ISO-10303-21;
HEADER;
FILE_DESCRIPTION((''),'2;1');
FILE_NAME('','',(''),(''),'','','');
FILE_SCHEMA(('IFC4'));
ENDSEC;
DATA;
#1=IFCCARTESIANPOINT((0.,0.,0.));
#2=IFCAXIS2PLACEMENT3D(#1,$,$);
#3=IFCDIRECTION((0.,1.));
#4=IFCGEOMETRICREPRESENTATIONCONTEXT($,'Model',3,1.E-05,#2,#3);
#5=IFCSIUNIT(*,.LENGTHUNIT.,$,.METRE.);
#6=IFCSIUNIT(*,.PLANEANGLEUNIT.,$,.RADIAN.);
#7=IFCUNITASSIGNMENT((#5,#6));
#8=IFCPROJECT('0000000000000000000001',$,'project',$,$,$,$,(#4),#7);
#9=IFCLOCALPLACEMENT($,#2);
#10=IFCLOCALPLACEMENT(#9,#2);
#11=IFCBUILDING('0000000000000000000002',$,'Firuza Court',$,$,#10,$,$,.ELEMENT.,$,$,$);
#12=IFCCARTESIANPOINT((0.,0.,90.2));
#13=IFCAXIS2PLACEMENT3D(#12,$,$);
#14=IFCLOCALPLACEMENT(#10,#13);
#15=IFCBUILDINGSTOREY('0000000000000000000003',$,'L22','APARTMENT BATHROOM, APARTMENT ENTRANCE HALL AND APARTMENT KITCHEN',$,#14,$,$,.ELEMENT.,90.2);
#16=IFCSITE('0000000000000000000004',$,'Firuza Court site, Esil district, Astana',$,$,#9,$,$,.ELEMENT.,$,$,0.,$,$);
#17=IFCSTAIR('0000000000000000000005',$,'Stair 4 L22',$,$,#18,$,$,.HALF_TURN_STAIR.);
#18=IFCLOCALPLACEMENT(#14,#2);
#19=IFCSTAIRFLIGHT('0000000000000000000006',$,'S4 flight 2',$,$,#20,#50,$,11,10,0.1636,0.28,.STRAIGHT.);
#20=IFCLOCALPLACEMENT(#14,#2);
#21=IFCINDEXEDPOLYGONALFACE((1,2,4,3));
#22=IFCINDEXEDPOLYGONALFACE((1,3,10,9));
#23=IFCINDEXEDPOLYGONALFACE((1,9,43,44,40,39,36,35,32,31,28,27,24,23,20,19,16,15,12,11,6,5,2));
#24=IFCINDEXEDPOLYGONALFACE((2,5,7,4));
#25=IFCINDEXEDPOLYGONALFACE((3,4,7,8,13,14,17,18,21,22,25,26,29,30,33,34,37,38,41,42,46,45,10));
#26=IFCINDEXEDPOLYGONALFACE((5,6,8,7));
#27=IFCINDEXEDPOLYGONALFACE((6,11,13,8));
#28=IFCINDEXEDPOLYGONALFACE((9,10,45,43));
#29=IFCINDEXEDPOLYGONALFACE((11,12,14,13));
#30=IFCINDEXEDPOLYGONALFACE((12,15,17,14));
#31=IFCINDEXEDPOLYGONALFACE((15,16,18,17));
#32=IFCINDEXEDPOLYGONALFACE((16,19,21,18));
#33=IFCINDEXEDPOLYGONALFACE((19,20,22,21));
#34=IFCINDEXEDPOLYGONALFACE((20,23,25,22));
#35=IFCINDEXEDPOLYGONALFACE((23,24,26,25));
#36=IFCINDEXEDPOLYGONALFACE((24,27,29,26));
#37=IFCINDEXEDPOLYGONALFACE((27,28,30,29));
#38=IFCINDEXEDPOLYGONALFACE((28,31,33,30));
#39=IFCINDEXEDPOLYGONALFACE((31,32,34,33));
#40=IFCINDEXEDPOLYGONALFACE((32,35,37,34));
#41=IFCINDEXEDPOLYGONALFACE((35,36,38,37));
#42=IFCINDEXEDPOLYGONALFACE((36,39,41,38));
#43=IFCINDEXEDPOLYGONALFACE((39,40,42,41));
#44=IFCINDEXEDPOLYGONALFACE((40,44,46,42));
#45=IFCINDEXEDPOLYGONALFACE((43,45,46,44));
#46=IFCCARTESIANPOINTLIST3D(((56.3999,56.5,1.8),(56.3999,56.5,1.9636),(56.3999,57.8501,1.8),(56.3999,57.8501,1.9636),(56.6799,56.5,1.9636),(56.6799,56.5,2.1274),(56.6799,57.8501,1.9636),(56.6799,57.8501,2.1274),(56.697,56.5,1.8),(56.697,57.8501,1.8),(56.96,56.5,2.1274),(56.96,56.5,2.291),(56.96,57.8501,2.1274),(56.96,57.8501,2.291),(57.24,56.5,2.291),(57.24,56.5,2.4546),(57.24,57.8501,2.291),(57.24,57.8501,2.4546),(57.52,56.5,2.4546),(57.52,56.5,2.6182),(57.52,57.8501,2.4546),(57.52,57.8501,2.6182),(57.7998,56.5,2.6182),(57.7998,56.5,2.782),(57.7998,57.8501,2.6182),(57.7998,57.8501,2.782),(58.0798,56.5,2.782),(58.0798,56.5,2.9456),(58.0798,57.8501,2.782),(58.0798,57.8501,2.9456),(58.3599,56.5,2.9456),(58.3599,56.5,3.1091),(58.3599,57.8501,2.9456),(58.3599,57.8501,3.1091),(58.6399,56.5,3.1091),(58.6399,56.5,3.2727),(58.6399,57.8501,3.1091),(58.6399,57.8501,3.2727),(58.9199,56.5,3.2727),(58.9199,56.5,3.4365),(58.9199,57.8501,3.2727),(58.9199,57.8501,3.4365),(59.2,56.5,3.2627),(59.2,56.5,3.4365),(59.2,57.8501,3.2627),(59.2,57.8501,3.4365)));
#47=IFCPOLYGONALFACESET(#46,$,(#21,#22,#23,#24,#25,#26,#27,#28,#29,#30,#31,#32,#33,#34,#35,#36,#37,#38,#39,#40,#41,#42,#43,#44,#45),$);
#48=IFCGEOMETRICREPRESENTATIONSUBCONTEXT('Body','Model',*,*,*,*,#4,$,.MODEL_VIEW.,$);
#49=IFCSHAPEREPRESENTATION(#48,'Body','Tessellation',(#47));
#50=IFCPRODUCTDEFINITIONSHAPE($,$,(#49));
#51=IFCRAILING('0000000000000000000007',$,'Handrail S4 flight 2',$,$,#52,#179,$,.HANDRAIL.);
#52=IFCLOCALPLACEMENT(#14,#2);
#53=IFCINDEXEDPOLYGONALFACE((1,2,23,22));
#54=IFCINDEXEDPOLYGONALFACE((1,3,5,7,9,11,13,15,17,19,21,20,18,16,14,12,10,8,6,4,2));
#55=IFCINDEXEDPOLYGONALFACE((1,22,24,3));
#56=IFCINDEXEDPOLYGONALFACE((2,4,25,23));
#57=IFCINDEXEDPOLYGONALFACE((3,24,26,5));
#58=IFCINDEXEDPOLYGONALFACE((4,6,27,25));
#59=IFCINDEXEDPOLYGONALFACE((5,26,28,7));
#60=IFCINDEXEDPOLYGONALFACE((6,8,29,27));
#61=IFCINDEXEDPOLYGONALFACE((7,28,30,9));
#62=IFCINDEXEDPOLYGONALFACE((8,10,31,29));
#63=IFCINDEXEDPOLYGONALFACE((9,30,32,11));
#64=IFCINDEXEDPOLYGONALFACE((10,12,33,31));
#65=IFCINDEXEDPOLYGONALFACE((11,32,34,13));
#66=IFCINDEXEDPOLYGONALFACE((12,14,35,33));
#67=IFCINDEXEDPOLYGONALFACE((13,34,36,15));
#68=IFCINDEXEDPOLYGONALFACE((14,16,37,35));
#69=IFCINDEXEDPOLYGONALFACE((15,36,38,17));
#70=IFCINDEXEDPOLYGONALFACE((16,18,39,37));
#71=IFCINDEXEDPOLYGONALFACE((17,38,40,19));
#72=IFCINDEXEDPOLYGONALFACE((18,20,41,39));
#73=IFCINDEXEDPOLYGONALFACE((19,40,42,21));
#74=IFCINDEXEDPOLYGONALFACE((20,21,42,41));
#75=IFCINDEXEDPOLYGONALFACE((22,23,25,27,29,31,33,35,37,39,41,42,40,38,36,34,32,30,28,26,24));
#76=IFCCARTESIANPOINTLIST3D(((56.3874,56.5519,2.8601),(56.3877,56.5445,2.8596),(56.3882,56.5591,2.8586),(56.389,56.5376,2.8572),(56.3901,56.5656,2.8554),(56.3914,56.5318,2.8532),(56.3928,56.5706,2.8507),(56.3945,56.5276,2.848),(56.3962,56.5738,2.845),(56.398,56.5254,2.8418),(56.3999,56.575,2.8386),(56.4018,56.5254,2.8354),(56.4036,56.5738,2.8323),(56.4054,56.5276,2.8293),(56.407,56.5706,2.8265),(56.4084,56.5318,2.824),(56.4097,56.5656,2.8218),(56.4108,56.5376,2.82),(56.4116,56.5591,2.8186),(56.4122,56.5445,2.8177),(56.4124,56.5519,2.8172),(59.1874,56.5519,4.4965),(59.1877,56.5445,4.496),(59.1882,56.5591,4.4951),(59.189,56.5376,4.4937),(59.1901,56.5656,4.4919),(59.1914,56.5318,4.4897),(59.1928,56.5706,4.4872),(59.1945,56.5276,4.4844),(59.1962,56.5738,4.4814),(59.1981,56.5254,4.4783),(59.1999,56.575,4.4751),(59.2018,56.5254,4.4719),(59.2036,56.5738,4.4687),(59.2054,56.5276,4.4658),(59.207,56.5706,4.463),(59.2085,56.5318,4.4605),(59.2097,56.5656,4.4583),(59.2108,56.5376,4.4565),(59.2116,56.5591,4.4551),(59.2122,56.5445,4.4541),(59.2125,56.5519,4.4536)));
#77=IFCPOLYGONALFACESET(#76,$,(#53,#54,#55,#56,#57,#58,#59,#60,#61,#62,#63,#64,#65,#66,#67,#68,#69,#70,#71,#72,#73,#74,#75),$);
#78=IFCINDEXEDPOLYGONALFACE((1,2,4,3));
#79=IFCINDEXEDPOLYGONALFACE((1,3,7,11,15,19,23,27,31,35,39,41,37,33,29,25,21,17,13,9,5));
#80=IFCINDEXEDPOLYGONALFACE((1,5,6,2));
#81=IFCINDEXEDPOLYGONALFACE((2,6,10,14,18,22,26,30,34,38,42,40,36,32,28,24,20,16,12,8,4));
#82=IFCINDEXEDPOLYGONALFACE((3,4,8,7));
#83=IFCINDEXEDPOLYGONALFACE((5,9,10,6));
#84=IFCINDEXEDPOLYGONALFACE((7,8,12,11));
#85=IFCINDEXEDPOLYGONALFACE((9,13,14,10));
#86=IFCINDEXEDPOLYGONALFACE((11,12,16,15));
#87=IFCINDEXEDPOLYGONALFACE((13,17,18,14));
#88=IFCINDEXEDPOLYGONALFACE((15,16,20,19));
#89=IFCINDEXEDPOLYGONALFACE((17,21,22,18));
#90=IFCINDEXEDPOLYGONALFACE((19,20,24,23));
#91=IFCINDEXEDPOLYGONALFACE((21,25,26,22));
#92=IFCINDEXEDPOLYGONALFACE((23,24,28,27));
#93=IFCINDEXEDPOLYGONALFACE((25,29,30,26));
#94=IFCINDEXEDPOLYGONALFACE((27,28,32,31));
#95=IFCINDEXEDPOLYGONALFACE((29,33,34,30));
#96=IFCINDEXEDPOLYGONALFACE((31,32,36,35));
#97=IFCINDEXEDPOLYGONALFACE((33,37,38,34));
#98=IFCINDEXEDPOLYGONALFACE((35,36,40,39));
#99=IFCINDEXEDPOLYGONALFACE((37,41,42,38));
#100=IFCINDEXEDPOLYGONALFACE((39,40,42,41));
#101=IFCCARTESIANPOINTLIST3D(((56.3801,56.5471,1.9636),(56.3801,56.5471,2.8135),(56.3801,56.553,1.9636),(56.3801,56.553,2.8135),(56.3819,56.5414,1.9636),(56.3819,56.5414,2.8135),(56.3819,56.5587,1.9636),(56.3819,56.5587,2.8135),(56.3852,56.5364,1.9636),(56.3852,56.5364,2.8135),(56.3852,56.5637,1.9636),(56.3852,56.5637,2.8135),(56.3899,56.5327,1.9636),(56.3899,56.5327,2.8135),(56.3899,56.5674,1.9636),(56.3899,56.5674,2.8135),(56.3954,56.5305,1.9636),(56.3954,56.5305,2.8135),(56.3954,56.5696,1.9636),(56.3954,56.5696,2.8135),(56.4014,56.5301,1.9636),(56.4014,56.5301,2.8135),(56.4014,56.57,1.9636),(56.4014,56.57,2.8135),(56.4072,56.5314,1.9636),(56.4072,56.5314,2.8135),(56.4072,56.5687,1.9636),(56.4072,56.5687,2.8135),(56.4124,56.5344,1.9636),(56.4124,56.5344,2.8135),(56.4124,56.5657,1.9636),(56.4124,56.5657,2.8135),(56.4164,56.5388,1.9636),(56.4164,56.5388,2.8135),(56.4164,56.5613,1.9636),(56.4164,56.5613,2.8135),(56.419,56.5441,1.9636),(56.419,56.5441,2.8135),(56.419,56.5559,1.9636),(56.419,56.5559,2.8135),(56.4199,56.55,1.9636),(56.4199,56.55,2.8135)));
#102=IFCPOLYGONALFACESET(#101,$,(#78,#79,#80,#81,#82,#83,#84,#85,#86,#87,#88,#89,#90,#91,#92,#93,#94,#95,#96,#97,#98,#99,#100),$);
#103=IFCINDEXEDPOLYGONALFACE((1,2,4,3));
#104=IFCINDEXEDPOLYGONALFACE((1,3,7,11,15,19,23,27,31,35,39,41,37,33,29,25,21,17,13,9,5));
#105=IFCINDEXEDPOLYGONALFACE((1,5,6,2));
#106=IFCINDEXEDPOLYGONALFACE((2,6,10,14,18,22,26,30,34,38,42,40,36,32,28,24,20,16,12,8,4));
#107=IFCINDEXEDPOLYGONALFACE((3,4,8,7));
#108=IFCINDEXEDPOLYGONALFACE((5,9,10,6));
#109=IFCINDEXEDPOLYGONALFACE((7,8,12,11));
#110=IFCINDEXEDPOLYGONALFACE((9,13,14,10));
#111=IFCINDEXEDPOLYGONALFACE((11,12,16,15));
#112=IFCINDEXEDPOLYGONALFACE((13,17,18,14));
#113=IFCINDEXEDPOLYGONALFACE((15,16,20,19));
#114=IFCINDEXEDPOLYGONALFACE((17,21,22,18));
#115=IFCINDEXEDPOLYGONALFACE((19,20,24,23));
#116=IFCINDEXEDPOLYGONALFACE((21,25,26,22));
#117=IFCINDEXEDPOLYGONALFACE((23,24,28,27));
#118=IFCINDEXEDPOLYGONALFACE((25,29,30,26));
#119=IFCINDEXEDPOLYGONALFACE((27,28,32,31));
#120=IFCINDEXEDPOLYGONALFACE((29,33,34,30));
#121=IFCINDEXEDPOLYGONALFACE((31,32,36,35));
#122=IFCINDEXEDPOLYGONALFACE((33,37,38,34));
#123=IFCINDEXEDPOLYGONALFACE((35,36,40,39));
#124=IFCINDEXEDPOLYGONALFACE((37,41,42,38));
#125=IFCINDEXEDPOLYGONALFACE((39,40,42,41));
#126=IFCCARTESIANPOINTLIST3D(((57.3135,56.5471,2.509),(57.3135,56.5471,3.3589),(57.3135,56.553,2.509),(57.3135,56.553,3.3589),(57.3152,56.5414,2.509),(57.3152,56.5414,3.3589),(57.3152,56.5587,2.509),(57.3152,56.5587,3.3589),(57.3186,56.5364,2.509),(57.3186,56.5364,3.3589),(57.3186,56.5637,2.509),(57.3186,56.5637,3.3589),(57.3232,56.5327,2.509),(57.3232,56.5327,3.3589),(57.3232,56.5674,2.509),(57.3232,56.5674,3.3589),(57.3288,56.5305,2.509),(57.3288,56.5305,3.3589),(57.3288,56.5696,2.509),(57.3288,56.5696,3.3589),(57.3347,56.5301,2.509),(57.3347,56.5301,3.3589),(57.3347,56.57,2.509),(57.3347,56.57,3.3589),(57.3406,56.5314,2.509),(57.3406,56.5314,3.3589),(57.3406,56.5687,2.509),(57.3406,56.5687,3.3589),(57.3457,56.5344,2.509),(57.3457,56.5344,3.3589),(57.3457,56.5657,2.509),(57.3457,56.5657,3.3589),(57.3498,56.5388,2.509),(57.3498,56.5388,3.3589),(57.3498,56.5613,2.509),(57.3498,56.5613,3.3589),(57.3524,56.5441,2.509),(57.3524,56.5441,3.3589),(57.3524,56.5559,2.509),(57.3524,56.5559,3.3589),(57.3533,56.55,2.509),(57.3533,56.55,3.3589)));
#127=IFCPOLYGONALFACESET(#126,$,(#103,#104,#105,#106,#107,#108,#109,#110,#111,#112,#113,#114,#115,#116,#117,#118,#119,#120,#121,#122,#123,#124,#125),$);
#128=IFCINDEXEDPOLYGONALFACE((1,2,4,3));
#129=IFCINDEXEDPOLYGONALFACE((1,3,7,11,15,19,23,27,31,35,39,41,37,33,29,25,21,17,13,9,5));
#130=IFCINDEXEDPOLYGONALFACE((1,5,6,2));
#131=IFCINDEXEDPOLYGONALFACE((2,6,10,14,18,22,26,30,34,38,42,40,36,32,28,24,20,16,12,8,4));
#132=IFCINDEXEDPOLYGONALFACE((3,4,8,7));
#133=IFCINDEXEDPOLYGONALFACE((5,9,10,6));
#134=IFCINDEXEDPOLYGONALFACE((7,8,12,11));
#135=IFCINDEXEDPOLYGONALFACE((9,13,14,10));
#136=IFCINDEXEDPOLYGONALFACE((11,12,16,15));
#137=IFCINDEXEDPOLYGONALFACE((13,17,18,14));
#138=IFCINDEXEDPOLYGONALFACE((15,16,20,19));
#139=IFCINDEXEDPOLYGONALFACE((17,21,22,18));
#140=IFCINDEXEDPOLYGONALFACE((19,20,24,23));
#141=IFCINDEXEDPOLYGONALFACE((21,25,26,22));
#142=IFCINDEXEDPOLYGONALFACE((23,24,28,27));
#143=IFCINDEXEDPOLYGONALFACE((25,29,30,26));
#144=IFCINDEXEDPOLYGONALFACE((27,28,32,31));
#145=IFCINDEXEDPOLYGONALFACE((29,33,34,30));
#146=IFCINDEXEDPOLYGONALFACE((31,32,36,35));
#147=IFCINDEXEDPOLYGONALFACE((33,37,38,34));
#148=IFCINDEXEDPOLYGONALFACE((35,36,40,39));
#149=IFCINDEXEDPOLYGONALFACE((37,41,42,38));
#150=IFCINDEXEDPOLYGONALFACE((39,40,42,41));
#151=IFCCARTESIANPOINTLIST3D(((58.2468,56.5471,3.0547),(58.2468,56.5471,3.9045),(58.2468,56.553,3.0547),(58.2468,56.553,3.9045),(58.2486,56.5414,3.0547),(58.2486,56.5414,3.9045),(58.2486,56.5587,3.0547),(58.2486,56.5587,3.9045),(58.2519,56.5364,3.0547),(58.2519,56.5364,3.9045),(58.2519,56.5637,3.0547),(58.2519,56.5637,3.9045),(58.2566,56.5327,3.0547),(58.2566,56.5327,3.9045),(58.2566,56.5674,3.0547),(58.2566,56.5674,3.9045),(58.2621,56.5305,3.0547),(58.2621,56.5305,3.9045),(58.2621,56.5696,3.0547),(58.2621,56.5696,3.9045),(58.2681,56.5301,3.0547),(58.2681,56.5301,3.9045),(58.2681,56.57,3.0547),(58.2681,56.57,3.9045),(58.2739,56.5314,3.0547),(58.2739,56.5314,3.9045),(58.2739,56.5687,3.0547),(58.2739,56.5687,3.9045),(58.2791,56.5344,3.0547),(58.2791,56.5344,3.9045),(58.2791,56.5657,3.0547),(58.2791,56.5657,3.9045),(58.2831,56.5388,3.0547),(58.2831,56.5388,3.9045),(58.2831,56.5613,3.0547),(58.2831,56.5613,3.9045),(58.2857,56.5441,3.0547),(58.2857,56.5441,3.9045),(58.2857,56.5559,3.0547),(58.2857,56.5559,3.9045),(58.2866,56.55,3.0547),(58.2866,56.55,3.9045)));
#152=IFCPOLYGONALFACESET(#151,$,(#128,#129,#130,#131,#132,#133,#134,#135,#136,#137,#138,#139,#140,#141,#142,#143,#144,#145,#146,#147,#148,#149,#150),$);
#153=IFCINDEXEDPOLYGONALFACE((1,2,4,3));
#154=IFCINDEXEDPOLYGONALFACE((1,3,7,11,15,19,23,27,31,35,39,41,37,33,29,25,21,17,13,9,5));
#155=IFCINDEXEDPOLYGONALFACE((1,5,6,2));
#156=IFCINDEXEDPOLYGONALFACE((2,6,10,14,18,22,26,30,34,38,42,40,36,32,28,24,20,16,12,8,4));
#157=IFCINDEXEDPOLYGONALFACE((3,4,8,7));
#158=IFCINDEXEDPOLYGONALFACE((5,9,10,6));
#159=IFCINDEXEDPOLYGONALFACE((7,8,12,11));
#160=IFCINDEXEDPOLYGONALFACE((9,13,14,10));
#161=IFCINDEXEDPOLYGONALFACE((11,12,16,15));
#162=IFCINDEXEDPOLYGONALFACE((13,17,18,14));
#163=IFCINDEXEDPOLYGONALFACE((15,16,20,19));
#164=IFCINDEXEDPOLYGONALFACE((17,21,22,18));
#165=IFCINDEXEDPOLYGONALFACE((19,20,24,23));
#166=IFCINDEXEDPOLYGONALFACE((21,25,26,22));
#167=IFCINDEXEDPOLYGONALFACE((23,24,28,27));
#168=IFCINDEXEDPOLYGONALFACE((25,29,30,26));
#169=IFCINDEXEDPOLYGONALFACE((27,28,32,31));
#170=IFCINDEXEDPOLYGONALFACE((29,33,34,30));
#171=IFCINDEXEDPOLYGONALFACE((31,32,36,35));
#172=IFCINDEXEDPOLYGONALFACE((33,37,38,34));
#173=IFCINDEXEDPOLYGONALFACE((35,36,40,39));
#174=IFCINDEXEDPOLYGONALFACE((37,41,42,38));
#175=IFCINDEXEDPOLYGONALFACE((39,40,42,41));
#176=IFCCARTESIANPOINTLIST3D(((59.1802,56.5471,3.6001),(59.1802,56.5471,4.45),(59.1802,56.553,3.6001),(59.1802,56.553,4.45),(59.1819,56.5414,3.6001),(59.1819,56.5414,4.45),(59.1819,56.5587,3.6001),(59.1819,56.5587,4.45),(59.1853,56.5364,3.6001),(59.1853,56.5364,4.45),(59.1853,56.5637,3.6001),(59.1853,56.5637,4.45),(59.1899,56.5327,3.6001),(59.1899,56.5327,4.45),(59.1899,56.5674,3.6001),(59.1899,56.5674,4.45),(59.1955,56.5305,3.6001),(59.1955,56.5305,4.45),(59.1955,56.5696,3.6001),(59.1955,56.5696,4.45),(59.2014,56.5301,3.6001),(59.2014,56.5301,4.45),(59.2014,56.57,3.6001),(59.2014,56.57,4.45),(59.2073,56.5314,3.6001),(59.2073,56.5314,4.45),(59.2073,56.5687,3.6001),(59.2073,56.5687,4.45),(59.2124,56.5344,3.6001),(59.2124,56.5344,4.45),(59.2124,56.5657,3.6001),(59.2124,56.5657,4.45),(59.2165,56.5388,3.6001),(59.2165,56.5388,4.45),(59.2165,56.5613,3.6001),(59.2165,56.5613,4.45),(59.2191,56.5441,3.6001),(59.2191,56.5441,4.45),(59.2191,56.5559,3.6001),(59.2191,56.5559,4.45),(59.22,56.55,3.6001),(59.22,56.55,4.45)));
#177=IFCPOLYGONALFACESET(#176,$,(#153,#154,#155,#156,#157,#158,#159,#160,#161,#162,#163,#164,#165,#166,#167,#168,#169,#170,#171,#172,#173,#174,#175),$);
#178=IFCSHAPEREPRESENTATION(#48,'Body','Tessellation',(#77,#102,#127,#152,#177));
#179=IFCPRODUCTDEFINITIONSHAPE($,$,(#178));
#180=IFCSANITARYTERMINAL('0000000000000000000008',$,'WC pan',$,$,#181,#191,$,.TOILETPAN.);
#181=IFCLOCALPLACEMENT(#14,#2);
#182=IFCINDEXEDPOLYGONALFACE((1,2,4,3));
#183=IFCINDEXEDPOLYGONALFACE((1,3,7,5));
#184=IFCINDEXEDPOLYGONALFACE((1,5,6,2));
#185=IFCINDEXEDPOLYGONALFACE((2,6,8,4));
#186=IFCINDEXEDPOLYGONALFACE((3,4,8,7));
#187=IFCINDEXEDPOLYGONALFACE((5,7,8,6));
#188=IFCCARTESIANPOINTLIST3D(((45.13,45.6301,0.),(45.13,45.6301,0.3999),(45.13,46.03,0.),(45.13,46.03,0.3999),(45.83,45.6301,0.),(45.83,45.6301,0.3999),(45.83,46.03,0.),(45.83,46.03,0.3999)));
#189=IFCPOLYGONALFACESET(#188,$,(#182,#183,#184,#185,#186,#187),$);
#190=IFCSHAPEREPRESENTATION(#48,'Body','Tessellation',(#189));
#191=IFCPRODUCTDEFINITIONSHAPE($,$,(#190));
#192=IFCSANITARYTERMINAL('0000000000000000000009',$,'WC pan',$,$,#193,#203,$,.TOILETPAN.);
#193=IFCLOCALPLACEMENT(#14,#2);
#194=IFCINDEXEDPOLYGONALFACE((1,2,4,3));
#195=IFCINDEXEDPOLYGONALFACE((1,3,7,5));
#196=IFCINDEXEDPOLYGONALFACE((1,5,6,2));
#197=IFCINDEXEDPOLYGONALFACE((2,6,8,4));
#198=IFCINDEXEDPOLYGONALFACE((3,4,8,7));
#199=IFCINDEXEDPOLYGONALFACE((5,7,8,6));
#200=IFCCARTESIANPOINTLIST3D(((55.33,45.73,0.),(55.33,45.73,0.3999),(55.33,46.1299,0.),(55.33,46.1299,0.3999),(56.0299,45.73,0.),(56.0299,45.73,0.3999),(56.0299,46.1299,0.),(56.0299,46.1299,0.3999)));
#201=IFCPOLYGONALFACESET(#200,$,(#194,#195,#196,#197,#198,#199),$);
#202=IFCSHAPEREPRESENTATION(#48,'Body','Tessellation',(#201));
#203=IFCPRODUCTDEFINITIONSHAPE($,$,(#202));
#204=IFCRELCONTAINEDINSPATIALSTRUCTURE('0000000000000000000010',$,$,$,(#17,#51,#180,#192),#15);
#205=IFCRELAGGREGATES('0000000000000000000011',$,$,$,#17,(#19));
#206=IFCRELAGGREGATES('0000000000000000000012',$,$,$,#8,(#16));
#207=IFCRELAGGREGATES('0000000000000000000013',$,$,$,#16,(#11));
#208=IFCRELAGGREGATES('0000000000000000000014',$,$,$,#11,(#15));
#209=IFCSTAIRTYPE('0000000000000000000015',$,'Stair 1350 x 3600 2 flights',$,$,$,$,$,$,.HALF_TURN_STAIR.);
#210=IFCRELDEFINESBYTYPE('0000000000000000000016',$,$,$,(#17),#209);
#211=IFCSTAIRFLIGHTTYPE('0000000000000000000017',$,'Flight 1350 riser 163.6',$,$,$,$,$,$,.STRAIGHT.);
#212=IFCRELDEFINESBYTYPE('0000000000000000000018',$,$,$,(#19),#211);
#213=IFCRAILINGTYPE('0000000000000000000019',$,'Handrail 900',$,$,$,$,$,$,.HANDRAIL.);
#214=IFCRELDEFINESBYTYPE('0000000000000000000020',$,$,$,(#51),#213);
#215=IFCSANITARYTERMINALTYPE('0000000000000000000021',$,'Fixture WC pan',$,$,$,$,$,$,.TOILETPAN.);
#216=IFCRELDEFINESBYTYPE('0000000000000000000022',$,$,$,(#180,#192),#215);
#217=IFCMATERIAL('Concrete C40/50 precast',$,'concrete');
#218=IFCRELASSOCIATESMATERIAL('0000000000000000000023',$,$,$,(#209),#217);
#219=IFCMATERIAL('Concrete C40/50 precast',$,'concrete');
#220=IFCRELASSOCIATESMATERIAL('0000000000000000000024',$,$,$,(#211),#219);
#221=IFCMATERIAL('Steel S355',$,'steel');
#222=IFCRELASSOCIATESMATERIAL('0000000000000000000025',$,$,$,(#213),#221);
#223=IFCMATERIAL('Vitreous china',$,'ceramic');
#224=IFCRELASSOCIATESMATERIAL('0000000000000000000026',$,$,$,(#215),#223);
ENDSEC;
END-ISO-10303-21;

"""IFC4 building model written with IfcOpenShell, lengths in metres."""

from ifc_helpers import new_model, si_unit, direction, frame, origin, origin_2d, place, context, subcontext, project, spatial, polyline, rectangle, circle, outline, extrude, material, type_object, element, aggregate, save


model = new_model("IFC4")

# Units and contexts
model_context = context("Model", 3, precision=1e-05, world=origin(), true_north=direction((0.0, 1.0)))
body_context = subcontext(model_context, "Body", "Model", "MODEL_VIEW")
ifc_project = project(units=[si_unit("LENGTHUNIT", "METRE"), si_unit("PLANEANGLEUNIT", "RADIAN")], contexts=[model_context])

# Site, building, storey
site_placement = place(None, origin())
site = spatial("IfcSite", under=ifc_project, at=site_placement, Name="Firuza Court site, Esil district, Astana", CompositionType="ELEMENT", RefElevation=0.0)
building_placement = place(site_placement, origin())
building = spatial("IfcBuilding", under=site, at=building_placement, Name="Firuza Court", CompositionType="ELEMENT")
storey_placement = place(building_placement, frame((0.0, 0.0, 90.2)))
storey = spatial("IfcBuildingStorey", under=building, at=storey_placement, Name="L22", Description="APARTMENT BATHROOM, APARTMENT ENTRANCE HALL AND APARTMENT KITCHEN", CompositionType="ELEMENT", Elevation=90.2)

# Stair, stair flight
ifc_material_1 = material(Name="Concrete C40/50 precast", Category="concrete")
stair_type = type_object("IfcStairType", Name="Stair 1350 x 3600 2 flights", PredefinedType="HALF_TURN_STAIR", material=ifc_material_1)
stair_placement = place(storey_placement, origin())
stair = element("IfcStair", 1, at=stair_placement, inside=storey, type_object=stair_type, Name="Stair 4 L22", PredefinedType="HALF_TURN_STAIR")
ifc_material_2 = material(Name="Concrete C40/50 precast", Category="concrete")
stair_flight_type = type_object("IfcStairFlightType", Name="Flight 1350 riser 163.6", PredefinedType="STRAIGHT", material=ifc_material_2)
stair_flight_placement = place(storey_placement, frame((56.3999, 57.175, 1.8), z_axis=(0.0, 0.0, 1.0), x_axis=(1.0, 0.0, 0.0)))
stair_flight = element("IfcStairFlight", 2, at=stair_flight_placement, type_object=stair_flight_type, Name="S4 flight 2", NumberOfRisers=11, NumberOfTreads=10, PredefinedType="STRAIGHT", RiserHeight=0.1636, TreadLength=0.28, context=body_context, shape_type="SweptSolid", body=[
    extrude(outline(polyline([(0.0, 0.0), (0.0, 0.1636), (0.28, 0.1636), (0.28, 0.3274), (0.5601, 0.3274), (0.5601, 0.491), (0.8401, 0.491), (0.8401, 0.6545), (1.1201, 0.6545), (1.1201, 0.8181), (1.3999, 0.8181), (1.3999, 0.9819), (1.6799, 0.9819), (1.6799, 1.1455), (1.96, 1.1455), (1.96, 1.3091), (2.24, 1.3091), (2.24, 1.4727), (2.52, 1.4727), (2.52, 1.6365), (2.8, 1.6365), (2.8, 1.8), (2.8, 1.4626), (0.2971, 0.0), (0.0, 0.0)])), frame((0.0, 0.675, 0.0), z_axis=(0.0, -1.0, 0.0), x_axis=(1.0, 0.0, 0.0)), (0.0, 0.0, 1.0), 1.3501),
])
aggregate(stair, [stair_flight])

# Railing
ifc_material_3 = material(Name="Steel S355", Category="steel")
railing_type = type_object("IfcRailingType", Name="Handrail 900", PredefinedType="HANDRAIL", material=ifc_material_3)
railing_placement = place(storey_placement, frame((56.3999, 56.55, 1.9636)))
element("IfcRailing", 3, at=railing_placement, inside=storey, type_object=railing_type, Name="Handrail S4 flight 2", PredefinedType="HANDRAIL", context=body_context, shape_type="SweptSolid", body=[
    extrude(circle(Radius=0.0249, at=origin_2d()), frame((0.0, 0.0, 0.875), z_axis=(0.863361, 0.0, 0.504587), x_axis=(0.0, 1.0, 0.0)), (0.0, 0.0, 1.0), 3.2432),
    extrude(circle(Radius=0.02, at=origin_2d()), origin(), (0.0, 0.0, 1.0), 0.8499),
    extrude(circle(Radius=0.02, at=origin_2d()), frame((0.9333, 0.0, 0.5454)), (0.0, 0.0, 1.0), 0.8499),
    extrude(circle(Radius=0.02, at=origin_2d()), frame((1.8667, 0.0, 1.0911)), (0.0, 0.0, 1.0), 0.8499),
    extrude(circle(Radius=0.02, at=origin_2d()), frame((2.8, 0.0, 1.6365)), (0.0, 0.0, 1.0), 0.8499),
])

# Sanitary terminals
ifc_material_4 = material(Name="Vitreous china", Category="ceramic")
sanitary_terminal_type_1 = type_object("IfcSanitaryTerminalType", Name="Fixture WC pan", PredefinedType="TOILETPAN", material=ifc_material_4)
for number, where, z_axis, x_axis, name in (
    (4, (45.48, 45.8301, 0.0), (0.0, 0.0, 1.0), (1.0, 0.0, 0.0), "WC pan"),
    (5, (55.6799, 45.9299, 0.0), (0.0, 0.0, 1.0), (1.0, 0.0, 0.0), "WC pan"),
):
    element("IfcSanitaryTerminal", number, at=place(storey_placement, frame(where, z_axis=z_axis, x_axis=x_axis)), inside=storey, type_object=sanitary_terminal_type_1, Name=name, PredefinedType="TOILETPAN", context=body_context, shape_type="SweptSolid", body=[
        extrude(rectangle(XDim=0.7, YDim=0.3999, at=origin_2d()), origin(), (0.0, 0.0, 1.0), 0.3999),
    ])

save(model, "model.ifc")
